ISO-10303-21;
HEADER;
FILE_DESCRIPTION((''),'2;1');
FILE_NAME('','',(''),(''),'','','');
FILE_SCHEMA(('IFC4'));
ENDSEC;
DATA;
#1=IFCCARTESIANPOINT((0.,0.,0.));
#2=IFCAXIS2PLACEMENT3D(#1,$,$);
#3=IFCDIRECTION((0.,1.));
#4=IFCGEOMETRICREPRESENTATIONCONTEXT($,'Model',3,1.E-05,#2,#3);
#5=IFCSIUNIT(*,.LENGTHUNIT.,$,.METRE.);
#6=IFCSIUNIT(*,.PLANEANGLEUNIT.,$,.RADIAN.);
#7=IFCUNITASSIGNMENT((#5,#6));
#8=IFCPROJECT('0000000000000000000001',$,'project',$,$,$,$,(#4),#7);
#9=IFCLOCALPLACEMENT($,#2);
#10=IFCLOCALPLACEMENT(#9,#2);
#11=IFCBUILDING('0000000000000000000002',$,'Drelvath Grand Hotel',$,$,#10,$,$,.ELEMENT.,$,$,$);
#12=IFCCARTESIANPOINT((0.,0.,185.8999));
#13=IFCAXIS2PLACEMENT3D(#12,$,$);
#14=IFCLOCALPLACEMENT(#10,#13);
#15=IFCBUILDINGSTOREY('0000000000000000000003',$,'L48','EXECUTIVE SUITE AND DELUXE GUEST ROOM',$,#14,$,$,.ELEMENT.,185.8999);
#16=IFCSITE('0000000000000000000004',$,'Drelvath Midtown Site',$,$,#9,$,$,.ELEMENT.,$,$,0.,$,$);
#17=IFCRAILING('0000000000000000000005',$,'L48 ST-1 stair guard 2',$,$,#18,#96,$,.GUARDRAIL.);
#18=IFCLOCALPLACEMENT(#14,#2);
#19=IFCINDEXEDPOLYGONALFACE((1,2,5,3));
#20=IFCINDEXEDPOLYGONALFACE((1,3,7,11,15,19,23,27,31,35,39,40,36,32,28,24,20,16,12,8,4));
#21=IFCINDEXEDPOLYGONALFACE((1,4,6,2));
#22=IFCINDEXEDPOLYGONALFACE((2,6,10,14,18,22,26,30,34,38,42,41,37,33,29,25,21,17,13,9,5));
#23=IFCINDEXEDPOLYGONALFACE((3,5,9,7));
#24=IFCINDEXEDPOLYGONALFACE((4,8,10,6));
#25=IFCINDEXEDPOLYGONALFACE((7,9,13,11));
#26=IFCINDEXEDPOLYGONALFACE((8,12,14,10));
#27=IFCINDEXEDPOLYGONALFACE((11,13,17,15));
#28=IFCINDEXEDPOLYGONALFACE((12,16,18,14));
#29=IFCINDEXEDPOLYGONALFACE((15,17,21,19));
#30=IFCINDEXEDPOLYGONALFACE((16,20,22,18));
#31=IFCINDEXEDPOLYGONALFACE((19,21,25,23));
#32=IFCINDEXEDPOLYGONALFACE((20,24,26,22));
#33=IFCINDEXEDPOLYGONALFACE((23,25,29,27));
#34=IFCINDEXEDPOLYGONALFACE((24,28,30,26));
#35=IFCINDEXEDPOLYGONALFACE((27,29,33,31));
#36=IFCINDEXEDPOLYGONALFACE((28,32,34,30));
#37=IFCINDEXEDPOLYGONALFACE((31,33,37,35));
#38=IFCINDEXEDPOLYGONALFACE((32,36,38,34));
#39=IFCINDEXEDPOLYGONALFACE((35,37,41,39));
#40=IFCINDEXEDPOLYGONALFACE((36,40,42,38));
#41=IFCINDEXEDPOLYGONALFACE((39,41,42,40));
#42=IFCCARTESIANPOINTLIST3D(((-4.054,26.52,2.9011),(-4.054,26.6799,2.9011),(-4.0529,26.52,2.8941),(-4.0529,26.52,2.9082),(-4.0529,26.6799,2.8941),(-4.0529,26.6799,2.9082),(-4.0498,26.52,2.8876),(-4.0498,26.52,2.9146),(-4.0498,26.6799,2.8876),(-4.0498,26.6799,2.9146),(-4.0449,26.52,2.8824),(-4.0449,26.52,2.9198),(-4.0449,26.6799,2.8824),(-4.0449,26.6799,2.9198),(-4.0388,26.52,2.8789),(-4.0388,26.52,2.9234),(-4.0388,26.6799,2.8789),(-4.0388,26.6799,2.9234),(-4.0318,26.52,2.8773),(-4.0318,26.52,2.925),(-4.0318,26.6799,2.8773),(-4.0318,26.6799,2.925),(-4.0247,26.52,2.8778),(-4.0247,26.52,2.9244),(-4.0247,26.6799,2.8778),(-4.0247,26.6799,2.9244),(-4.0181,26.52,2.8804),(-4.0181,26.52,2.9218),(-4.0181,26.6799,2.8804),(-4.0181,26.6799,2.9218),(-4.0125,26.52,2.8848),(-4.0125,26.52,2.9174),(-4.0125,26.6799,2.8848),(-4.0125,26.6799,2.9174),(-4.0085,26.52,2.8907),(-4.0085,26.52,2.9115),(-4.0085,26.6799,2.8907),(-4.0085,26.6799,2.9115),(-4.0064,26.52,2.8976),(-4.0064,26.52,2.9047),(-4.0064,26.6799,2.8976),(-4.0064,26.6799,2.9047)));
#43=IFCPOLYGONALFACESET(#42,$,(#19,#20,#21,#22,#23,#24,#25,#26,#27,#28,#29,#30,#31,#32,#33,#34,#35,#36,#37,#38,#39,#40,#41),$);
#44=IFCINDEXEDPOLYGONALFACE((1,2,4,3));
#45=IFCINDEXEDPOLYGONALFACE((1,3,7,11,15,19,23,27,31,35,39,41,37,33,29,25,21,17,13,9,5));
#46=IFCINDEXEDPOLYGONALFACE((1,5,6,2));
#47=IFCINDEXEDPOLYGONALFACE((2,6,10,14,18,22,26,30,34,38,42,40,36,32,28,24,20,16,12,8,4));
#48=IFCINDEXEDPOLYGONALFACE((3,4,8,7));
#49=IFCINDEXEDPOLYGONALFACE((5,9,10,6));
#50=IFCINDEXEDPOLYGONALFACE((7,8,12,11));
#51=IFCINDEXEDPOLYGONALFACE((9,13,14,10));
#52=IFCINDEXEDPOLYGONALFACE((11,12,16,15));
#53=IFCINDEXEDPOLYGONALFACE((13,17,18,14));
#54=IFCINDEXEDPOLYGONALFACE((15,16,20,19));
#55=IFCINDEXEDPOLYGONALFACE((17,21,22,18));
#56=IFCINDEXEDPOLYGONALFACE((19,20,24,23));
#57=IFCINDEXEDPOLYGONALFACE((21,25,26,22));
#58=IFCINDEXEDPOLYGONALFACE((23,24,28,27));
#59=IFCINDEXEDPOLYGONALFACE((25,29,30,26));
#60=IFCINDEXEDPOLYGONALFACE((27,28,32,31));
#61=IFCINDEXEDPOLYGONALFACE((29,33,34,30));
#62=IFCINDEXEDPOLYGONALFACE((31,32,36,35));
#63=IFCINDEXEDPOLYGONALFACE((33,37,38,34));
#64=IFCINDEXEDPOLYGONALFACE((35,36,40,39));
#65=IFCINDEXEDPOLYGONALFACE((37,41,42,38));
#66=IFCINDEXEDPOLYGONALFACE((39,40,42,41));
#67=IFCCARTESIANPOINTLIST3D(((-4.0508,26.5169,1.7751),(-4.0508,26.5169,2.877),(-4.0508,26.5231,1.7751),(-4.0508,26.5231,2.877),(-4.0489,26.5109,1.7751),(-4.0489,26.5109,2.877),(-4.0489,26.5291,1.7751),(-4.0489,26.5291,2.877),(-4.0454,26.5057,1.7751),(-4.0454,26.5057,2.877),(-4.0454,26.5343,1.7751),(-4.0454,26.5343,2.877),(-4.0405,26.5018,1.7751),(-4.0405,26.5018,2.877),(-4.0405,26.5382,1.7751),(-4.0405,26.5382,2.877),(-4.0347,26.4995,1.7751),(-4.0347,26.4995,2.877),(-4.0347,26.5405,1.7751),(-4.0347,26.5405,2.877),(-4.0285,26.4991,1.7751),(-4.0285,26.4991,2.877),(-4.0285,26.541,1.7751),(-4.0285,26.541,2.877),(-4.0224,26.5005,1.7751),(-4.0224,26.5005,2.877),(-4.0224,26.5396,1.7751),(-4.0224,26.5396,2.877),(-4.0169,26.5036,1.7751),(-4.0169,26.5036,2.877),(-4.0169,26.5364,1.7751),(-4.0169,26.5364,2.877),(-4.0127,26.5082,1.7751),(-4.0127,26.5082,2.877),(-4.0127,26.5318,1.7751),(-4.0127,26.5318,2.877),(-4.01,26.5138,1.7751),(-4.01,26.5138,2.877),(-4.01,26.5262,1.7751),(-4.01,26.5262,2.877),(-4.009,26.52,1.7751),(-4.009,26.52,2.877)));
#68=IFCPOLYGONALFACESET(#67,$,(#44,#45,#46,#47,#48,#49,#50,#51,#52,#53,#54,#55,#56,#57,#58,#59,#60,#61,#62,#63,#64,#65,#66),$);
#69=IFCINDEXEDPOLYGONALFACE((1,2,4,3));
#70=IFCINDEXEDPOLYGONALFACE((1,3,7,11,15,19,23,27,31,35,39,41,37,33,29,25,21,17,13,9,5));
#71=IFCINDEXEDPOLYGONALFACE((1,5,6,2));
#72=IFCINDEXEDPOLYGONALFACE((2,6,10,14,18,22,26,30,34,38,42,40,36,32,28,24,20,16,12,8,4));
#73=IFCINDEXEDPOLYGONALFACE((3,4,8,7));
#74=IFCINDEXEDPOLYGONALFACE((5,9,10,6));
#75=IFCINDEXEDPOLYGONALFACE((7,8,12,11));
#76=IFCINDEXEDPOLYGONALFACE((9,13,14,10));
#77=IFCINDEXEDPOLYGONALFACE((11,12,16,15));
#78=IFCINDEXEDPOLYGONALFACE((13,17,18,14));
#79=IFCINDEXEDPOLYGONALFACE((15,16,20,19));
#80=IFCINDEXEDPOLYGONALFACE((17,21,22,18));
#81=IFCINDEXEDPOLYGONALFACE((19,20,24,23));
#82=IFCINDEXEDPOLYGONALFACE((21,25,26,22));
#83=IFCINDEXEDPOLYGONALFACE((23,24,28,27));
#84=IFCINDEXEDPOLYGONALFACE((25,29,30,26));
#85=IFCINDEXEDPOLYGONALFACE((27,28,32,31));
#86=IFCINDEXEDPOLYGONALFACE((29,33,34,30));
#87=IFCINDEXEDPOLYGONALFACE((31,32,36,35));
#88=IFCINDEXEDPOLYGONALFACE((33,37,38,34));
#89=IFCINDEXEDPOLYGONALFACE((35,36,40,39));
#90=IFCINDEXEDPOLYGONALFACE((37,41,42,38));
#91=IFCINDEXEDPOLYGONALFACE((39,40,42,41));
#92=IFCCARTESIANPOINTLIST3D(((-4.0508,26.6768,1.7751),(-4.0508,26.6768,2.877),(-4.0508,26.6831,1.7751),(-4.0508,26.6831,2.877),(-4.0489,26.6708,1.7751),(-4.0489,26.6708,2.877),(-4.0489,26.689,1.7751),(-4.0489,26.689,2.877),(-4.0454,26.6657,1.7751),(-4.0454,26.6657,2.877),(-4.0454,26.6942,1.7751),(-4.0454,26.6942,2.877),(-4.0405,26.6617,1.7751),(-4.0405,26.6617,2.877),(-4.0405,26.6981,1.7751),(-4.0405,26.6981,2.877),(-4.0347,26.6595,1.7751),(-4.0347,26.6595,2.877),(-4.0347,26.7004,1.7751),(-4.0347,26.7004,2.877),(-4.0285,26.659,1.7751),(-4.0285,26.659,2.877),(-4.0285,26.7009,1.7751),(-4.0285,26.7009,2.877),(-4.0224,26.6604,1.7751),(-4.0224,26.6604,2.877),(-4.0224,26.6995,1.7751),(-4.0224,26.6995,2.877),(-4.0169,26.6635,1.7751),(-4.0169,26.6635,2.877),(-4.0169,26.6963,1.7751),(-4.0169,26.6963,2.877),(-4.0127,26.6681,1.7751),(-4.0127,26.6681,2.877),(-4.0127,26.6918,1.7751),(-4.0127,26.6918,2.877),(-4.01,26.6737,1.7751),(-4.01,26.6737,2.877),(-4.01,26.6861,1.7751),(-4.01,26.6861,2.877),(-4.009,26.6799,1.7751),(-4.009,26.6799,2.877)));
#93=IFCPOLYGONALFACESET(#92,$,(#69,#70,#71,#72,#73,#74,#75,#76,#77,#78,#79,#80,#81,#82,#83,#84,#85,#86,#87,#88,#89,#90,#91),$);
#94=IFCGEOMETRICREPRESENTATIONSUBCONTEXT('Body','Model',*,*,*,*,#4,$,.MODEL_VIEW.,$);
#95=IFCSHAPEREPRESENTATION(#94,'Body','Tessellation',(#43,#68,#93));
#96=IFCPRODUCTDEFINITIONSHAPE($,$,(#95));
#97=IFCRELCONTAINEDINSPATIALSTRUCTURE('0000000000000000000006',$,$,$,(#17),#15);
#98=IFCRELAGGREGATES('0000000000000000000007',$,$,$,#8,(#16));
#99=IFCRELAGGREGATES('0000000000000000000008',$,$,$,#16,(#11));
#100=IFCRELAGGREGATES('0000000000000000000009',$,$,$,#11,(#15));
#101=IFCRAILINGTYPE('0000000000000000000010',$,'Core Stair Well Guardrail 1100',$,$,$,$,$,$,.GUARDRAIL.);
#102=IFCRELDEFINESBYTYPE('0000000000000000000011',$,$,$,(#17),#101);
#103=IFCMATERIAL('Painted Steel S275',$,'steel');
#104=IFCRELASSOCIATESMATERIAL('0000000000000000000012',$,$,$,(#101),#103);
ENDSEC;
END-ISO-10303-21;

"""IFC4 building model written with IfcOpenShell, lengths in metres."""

from ifc_helpers import new_model, si_unit, direction, frame, origin, origin_2d, place, context, subcontext, project, spatial, circle, extrude, material, type_object, element, save


model = new_model("IFC4")

# Units and contexts
model_context = context("Model", 3, precision=1e-05, world=origin(), true_north=direction((0.0, 1.0)))
body_context = subcontext(model_context, "Body", "Model", "MODEL_VIEW")
ifc_project = project(units=[si_unit("LENGTHUNIT", "METRE"), si_unit("PLANEANGLEUNIT", "RADIAN")], contexts=[model_context])

# Site, building, storey
site_placement = place(None, origin())
site = spatial("IfcSite", under=ifc_project, at=site_placement, Name="Drelvath Midtown Site", CompositionType="ELEMENT", RefElevation=0.0)
building_placement = place(site_placement, origin())
building = spatial("IfcBuilding", under=site, at=building_placement, Name="Drelvath Grand Hotel", CompositionType="ELEMENT")
storey_placement = place(building_placement, frame((0.0, 0.0, 185.8999)))
storey = spatial("IfcBuildingStorey", under=building, at=storey_placement, Name="L48", Description="EXECUTIVE SUITE AND DELUXE GUEST ROOM", CompositionType="ELEMENT", Elevation=185.8999)

# Shared definitions
ifc_material_1 = material(Name="Painted Steel S275", Category="steel")

# Railing
railing_type_1 = type_object("IfcRailingType", Name="Core Stair Well Guardrail 1100", PredefinedType="GUARDRAIL", material=ifc_material_1)
railing_1_placement = place(storey_placement, frame((-4.03, 26.52, 1.7751)))
element("IfcRailing", 1, at=railing_1_placement, inside=storey, type_object=railing_type_1, Name="L48 ST-1 stair guard 2", PredefinedType="GUARDRAIL", context=body_context, shape_type="SweptSolid", body=[
    extrude(circle(Radius=0.0239, at=origin_2d()), frame((0.0, 0.0, 1.126), z_axis=(0.0, 1.0, 0.0), x_axis=(-1.0, 0.0, 0.0)), (0.0, 0.0, 1.0), 0.1599),
    extrude(circle(Radius=0.021, at=origin_2d()), origin(), (0.0, 0.0, 1.0), 1.1018),
    extrude(circle(Radius=0.021, at=origin_2d()), frame((0.0, 0.1599, 0.0)), (0.0, 0.0, 1.0), 1.1018),
])

save(model, "model.ifc")
